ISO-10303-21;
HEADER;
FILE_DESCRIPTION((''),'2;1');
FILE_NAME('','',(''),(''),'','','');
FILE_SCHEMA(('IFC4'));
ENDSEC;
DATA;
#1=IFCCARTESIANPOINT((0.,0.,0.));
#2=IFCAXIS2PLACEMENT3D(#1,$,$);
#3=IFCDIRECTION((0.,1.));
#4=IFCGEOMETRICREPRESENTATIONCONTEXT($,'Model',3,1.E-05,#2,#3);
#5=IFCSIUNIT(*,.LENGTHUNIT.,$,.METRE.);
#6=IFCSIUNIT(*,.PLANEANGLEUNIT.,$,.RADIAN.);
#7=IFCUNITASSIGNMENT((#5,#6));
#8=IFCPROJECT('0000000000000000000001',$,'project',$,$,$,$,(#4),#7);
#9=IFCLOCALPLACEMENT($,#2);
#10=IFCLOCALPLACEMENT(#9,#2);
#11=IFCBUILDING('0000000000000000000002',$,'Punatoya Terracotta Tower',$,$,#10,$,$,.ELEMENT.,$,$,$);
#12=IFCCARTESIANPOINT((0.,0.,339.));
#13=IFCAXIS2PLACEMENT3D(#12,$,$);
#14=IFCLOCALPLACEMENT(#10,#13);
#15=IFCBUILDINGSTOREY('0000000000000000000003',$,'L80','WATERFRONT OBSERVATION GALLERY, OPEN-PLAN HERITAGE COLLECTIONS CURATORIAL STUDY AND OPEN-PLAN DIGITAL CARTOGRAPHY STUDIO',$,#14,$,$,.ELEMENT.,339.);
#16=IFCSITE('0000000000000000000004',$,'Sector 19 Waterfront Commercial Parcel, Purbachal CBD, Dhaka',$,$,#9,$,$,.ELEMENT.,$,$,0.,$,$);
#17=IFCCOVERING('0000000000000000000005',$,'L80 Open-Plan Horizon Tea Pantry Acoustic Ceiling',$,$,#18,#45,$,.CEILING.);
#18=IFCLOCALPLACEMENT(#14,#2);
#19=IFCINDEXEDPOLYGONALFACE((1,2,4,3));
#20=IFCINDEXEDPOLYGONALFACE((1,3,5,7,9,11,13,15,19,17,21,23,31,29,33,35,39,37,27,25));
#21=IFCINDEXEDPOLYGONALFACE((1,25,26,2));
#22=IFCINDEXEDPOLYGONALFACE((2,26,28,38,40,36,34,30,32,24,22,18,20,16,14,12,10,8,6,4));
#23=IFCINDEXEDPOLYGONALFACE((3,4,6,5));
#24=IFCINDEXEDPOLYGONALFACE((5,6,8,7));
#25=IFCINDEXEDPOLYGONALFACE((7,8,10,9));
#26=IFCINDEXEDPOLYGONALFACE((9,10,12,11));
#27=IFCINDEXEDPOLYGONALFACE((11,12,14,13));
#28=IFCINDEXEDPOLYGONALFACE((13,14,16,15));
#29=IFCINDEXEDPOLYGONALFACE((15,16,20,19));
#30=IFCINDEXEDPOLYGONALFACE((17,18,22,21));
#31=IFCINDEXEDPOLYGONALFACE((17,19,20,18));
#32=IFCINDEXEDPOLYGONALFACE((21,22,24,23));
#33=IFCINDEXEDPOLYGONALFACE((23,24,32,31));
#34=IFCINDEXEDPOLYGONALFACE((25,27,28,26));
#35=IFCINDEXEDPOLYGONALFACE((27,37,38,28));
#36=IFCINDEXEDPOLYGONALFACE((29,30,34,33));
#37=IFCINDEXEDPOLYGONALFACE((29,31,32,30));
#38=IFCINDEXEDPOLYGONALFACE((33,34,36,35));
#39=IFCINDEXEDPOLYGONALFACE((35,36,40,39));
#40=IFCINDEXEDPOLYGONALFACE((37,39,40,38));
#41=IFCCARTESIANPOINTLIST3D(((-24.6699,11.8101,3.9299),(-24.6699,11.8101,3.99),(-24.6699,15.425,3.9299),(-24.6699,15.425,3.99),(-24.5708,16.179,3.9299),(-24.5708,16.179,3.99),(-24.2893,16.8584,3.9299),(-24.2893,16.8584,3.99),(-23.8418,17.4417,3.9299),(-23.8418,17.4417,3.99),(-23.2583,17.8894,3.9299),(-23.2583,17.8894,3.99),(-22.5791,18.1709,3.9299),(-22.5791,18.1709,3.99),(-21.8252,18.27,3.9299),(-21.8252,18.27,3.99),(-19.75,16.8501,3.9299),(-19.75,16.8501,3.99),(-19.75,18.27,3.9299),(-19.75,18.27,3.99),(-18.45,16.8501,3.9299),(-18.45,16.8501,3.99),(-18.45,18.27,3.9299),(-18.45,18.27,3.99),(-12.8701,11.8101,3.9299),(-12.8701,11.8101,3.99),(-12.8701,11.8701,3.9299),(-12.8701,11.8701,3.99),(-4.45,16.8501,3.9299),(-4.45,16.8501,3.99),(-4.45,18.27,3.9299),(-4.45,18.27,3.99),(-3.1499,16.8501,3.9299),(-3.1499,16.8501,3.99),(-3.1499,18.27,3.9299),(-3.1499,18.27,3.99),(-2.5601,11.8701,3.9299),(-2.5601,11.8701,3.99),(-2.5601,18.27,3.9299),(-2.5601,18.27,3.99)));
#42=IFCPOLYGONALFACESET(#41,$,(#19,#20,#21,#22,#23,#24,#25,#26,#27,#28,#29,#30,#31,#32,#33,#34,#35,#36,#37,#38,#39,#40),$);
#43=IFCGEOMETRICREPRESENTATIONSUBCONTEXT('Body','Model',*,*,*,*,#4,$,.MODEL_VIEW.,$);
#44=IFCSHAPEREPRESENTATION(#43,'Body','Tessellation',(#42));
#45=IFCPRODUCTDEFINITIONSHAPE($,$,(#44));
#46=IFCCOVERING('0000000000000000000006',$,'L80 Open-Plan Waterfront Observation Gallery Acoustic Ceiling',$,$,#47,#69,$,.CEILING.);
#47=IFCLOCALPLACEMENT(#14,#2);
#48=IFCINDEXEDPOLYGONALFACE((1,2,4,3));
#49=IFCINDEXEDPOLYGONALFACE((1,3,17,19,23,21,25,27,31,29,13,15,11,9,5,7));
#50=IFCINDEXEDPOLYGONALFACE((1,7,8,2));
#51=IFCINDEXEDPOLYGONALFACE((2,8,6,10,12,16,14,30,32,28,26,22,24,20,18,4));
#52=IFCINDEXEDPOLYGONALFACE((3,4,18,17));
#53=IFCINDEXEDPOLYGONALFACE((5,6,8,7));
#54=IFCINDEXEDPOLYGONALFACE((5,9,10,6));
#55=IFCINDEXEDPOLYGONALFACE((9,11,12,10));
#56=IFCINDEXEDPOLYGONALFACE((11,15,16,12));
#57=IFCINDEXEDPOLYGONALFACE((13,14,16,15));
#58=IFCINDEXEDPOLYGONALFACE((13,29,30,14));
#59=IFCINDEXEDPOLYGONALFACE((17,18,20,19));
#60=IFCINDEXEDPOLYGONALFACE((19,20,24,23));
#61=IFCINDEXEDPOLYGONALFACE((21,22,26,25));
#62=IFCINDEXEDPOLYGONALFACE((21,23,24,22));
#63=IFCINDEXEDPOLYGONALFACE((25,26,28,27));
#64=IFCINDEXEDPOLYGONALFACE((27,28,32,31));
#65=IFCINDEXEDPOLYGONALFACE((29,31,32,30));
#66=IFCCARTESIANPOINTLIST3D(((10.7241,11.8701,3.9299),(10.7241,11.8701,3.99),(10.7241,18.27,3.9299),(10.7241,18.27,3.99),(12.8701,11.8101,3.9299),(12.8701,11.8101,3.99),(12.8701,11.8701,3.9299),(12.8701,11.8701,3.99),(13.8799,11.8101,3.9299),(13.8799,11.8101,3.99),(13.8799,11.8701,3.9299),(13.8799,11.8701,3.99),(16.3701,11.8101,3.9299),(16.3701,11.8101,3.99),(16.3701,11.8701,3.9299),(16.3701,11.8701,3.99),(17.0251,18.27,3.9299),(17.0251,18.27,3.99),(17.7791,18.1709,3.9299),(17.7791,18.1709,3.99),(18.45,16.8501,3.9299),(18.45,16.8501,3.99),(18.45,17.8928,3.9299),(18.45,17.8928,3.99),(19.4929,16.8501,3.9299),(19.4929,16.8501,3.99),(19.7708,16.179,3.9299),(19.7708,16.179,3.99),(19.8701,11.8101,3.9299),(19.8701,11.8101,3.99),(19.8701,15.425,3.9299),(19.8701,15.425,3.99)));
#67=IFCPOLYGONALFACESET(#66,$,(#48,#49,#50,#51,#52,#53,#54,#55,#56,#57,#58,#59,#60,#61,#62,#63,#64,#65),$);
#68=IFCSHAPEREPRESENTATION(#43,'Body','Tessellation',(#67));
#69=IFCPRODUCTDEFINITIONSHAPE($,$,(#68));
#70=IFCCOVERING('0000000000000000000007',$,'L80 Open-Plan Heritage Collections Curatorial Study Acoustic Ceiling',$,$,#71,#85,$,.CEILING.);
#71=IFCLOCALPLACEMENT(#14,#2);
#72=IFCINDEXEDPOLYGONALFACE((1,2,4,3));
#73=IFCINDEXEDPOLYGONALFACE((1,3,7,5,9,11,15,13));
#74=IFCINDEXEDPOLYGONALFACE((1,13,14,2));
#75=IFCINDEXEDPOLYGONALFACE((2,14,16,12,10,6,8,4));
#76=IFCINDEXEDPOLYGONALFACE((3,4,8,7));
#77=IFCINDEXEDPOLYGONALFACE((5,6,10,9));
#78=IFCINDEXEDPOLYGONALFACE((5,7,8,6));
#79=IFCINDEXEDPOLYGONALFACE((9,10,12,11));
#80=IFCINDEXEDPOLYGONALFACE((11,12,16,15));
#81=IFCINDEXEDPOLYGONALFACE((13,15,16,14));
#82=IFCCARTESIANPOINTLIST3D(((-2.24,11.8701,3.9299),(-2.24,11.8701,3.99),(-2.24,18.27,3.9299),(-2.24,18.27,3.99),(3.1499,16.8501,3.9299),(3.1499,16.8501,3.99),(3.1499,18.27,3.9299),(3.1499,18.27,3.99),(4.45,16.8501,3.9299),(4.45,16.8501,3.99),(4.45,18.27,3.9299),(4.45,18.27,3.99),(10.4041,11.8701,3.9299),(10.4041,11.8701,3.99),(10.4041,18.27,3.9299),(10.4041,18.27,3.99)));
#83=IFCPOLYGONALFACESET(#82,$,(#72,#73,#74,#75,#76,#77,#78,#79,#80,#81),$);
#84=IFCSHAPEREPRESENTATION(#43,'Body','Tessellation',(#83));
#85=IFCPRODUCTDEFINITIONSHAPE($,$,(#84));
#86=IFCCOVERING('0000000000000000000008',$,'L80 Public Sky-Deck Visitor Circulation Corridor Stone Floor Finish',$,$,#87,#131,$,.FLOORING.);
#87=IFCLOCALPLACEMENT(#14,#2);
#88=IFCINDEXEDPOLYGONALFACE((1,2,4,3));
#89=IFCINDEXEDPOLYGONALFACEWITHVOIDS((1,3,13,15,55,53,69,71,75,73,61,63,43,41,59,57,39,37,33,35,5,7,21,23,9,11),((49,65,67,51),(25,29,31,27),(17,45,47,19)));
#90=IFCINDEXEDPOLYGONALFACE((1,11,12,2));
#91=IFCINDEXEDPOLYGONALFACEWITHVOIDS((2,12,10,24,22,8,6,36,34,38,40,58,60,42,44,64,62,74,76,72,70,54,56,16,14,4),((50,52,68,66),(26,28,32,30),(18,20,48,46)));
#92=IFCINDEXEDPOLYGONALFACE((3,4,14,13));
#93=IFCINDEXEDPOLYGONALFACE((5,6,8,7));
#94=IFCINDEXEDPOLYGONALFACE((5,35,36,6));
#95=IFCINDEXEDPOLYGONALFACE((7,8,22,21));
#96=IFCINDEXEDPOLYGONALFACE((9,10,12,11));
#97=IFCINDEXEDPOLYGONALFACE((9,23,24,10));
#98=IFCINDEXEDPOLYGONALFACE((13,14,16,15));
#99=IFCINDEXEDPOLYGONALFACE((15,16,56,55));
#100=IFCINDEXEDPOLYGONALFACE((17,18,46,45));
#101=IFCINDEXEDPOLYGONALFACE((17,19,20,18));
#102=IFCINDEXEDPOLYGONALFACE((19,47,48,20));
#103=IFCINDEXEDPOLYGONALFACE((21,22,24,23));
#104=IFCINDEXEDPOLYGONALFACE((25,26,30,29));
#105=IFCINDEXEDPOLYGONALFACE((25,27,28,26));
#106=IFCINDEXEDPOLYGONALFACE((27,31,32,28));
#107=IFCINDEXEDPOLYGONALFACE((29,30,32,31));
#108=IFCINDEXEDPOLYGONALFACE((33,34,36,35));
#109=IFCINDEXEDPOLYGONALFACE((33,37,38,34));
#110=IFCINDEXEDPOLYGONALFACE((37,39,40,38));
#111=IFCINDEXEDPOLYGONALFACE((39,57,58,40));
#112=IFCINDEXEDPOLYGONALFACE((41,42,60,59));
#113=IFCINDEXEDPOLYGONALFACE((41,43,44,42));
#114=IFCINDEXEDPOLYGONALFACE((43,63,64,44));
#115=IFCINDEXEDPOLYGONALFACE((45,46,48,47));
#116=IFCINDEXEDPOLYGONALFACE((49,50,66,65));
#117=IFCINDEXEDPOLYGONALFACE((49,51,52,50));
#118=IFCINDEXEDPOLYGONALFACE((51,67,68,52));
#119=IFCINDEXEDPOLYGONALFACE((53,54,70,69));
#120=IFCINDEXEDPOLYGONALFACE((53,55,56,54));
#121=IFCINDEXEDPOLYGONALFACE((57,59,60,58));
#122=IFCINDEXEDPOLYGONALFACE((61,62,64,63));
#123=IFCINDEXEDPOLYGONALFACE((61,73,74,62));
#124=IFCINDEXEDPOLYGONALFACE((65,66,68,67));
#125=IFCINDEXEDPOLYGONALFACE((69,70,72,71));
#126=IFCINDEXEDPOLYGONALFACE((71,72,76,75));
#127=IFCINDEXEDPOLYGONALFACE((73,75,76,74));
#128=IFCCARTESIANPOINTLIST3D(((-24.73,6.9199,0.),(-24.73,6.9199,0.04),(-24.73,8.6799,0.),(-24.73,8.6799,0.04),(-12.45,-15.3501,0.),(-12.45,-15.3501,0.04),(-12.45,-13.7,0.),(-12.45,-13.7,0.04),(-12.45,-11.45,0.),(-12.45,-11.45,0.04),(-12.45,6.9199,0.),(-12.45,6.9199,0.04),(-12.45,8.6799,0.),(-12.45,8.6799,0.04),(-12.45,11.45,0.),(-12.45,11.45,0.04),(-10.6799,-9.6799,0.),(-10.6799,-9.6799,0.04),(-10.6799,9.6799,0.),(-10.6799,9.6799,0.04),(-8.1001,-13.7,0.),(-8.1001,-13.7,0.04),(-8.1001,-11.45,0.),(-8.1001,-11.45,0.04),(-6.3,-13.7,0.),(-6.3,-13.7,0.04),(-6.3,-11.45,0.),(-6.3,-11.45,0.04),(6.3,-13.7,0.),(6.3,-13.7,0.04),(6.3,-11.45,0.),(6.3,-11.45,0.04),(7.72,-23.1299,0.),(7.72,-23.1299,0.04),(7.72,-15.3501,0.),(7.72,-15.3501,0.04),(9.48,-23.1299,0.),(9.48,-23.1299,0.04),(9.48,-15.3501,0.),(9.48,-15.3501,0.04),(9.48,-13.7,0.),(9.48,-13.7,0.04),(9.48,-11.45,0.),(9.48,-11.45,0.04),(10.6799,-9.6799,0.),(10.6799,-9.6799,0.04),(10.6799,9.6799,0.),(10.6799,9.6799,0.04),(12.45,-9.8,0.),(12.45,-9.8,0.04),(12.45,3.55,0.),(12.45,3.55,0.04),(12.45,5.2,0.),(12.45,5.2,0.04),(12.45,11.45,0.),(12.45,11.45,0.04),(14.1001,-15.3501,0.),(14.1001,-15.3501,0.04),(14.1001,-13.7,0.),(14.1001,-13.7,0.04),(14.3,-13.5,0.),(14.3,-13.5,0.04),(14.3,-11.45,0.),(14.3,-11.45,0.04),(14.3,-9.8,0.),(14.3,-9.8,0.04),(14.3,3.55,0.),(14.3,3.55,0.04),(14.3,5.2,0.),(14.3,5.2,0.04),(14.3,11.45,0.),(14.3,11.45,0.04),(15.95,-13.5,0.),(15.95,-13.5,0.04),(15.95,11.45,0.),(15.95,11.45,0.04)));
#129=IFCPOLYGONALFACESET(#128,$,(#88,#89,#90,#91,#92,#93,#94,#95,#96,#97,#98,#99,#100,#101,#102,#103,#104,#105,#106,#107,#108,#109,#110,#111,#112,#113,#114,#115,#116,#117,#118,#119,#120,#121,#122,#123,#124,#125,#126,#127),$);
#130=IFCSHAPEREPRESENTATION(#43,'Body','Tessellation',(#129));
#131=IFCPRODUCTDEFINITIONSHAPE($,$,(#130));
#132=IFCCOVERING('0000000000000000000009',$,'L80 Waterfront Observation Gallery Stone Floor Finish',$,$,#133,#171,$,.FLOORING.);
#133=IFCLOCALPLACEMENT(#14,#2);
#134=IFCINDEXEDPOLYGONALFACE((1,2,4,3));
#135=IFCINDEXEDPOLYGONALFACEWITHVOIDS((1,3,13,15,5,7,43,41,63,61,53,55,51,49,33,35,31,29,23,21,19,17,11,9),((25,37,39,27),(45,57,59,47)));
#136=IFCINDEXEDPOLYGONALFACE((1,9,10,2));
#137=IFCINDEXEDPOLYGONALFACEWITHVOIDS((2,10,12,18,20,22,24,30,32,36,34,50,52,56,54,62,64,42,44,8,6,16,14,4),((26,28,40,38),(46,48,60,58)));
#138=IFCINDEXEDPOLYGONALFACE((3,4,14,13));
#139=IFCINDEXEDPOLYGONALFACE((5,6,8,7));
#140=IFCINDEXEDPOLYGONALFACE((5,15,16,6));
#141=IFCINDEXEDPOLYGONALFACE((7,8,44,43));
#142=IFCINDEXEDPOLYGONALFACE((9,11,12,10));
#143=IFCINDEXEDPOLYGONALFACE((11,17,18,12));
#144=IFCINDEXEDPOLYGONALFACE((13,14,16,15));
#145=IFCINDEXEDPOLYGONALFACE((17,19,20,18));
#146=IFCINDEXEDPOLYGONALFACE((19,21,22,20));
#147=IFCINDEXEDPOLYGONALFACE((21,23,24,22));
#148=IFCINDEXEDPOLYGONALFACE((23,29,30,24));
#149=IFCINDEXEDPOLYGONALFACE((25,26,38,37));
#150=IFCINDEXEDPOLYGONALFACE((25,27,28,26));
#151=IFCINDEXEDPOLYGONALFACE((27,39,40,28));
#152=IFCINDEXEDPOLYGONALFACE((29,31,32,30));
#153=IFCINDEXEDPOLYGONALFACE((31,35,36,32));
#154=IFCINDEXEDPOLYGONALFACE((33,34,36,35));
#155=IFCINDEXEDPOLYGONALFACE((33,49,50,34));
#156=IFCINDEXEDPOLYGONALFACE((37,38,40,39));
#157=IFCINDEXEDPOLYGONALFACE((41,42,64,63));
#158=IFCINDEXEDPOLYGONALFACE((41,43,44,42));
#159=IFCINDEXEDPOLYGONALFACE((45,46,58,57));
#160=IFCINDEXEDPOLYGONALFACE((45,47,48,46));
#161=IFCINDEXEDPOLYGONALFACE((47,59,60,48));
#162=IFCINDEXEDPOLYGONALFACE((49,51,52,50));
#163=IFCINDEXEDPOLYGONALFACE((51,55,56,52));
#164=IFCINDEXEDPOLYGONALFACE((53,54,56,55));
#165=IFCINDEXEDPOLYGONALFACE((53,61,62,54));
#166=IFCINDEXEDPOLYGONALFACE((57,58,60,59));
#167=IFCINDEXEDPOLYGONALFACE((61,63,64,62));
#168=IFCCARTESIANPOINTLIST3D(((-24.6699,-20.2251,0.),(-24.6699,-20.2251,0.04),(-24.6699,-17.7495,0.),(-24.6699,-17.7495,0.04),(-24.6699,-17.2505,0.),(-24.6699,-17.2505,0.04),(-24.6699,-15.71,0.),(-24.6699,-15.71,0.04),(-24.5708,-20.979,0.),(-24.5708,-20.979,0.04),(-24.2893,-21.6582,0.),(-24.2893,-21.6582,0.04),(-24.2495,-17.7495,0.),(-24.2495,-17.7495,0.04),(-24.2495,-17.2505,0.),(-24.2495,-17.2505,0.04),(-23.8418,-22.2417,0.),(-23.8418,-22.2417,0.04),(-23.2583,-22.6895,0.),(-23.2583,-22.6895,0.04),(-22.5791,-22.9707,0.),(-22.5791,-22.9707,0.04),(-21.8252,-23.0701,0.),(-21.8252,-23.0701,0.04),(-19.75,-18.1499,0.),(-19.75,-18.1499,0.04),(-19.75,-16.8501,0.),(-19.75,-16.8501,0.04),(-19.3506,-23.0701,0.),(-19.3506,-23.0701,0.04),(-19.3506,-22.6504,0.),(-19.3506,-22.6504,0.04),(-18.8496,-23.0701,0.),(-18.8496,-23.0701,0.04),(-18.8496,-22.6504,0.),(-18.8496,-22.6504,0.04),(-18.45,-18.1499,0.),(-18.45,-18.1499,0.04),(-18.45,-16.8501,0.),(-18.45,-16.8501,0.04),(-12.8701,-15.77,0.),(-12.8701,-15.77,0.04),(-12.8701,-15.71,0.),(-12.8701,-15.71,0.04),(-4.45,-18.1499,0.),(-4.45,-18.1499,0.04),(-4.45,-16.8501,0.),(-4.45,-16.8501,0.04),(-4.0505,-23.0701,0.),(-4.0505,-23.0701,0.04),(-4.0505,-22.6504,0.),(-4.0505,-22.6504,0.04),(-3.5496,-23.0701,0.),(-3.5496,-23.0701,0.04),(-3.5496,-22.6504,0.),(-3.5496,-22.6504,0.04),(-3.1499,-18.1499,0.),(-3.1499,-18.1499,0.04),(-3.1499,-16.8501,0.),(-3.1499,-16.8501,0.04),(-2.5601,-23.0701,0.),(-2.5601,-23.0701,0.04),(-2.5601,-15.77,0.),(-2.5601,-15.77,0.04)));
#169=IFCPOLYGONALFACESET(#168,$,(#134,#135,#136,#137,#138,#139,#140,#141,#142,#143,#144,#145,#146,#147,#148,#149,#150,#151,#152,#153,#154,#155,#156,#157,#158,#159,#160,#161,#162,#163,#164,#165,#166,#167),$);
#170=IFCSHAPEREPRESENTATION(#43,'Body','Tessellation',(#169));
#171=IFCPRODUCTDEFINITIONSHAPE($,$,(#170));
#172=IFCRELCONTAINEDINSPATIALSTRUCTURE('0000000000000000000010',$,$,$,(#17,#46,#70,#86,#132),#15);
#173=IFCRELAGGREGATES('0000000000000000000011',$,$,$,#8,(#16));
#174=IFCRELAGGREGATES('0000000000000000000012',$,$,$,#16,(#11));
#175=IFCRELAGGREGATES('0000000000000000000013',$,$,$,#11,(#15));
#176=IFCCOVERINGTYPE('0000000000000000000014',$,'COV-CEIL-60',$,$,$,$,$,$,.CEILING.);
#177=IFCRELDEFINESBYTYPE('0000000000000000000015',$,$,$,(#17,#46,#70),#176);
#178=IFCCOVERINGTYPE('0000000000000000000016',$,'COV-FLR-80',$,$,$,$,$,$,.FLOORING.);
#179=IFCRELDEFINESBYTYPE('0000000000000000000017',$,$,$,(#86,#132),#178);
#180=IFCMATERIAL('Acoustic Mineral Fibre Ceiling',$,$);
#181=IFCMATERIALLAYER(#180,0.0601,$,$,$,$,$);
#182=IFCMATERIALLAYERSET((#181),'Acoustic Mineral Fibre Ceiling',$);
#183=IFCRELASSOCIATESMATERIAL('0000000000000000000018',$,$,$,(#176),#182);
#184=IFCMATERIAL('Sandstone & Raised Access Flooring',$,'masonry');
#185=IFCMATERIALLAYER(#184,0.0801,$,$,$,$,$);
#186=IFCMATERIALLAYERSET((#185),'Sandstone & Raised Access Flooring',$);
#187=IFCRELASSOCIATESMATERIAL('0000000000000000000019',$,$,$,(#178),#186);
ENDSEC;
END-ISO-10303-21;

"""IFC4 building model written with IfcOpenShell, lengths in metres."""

from ifc_helpers import new_model, si_unit, direction, frame, origin, place, context, subcontext, project, spatial, polyline, outline, extrude, material, layer, layer_set, type_object, element, save


model = new_model("IFC4")

# Units and contexts
model_context = context("Model", 3, precision=1e-05, world=origin(), true_north=direction((0.0, 1.0)))
body_context = subcontext(model_context, "Body", "Model", "MODEL_VIEW")
ifc_project = project(units=[si_unit("LENGTHUNIT", "METRE"), si_unit("PLANEANGLEUNIT", "RADIAN")], contexts=[model_context])

# Site, building, storey
site_placement = place(None, origin())
site = spatial("IfcSite", under=ifc_project, at=site_placement, Name="Sector 19 Waterfront Commercial Parcel, Purbachal CBD, Dhaka", CompositionType="ELEMENT", RefElevation=0.0)
building_placement = place(site_placement, origin())
building = spatial("IfcBuilding", under=site, at=building_placement, Name="Punatoya Terracotta Tower", CompositionType="ELEMENT")
storey_placement = place(building_placement, frame((0.0, 0.0, 339.0)))
storey = spatial("IfcBuildingStorey", under=building, at=storey_placement, Name="L80", Description="WATERFRONT OBSERVATION GALLERY, OPEN-PLAN HERITAGE COLLECTIONS CURATORIAL STUDY AND OPEN-PLAN DIGITAL CARTOGRAPHY STUDIO", CompositionType="ELEMENT", Elevation=339.0)

# Coverings
ifc_material_1 = material(Name="Acoustic Mineral Fibre Ceiling")
ifc_layer_1 = layer(ifc_material_1, 0.0601)
ifc_layer_set_1 = layer_set([ifc_layer_1], Name="Acoustic Mineral Fibre Ceiling")
covering_type_1 = type_object("IfcCoveringType", Name="COV-CEIL-60", PredefinedType="CEILING", material=ifc_layer_set_1)
covering_1_placement = place(storey_placement, frame((0.0, 0.0, 3.9299)))
element("IfcCovering", 1, at=covering_1_placement, inside=storey, type_object=covering_type_1, Name="L80 Open-Plan Horizon Tea Pantry Acoustic Ceiling", PredefinedType="CEILING", context=body_context, shape_type="SweptSolid", body=[
    extrude(outline(polyline([(-19.75, 18.27), (-21.8252, 18.27), (-22.5791, 18.1709), (-23.2583, 17.8894), (-23.8418, 17.4417), (-24.2893, 16.8584), (-24.5708, 16.179), (-24.6699, 15.425), (-24.6699, 11.8101), (-12.8701, 11.8101), (-12.8701, 11.8701), (-2.5601, 11.8701), (-2.5601, 18.27), (-3.1499, 18.27), (-3.1499, 16.8501), (-4.45, 16.8501), (-4.45, 18.27), (-18.45, 18.27), (-18.45, 16.8501), (-19.75, 16.8501), (-19.75, 18.27)])), origin(), (0.0, 0.0, 1.0), 0.0601),
])
covering_2_placement = place(storey_placement, frame((0.0, 0.0, 3.9299)))
element("IfcCovering", 2, at=covering_2_placement, inside=storey, type_object=covering_type_1, Name="L80 Open-Plan Waterfront Observation Gallery Acoustic Ceiling", PredefinedType="CEILING", context=body_context, shape_type="SweptSolid", body=[
    extrude(outline(polyline([(12.8701, 11.8101), (13.8799, 11.8101), (13.8799, 11.8701), (16.3701, 11.8701), (16.3701, 11.8101), (19.8701, 11.8101), (19.8701, 15.425), (19.7708, 16.179), (19.4929, 16.8501), (18.45, 16.8501), (18.45, 17.8928), (17.7791, 18.1709), (17.0251, 18.27), (10.7241, 18.27), (10.7241, 11.8701), (12.8701, 11.8701), (12.8701, 11.8101)])), origin(), (0.0, 0.0, 1.0), 0.0601),
])
covering_3_placement = place(storey_placement, frame((0.0, 0.0, 3.9299)))
element("IfcCovering", 3, at=covering_3_placement, inside=storey, type_object=covering_type_1, Name="L80 Open-Plan Heritage Collections Curatorial Study Acoustic Ceiling", PredefinedType="CEILING", context=body_context, shape_type="SweptSolid", body=[
    extrude(outline(polyline([(3.1499, 18.27), (-2.24, 18.27), (-2.24, 11.8701), (10.4041, 11.8701), (10.4041, 18.27), (4.45, 18.27), (4.45, 16.8501), (3.1499, 16.8501), (3.1499, 18.27)])), origin(), (0.0, 0.0, 1.0), 0.0601),
])
ifc_material_2 = material(Name="Sandstone & Raised Access Flooring", Category="masonry")
ifc_layer_2 = layer(ifc_material_2, 0.0801)
ifc_layer_set_2 = layer_set([ifc_layer_2], Name="Sandstone & Raised Access Flooring")
covering_type_2 = type_object("IfcCoveringType", Name="COV-FLR-80", PredefinedType="FLOORING", material=ifc_layer_set_2)
covering_4_placement = place(storey_placement, origin())
element("IfcCovering", 4, at=covering_4_placement, inside=storey, type_object=covering_type_2, Name="L80 Public Sky-Deck Visitor Circulation Corridor Stone Floor Finish", PredefinedType="FLOORING", context=body_context, shape_type="SweptSolid", body=[
    extrude(outline(polyline([(14.1001, -13.7), (9.48, -13.7), (9.48, -11.45), (14.3, -11.45), (14.3, -13.5), (15.95, -13.5), (15.95, 11.45), (14.3, 11.45), (14.3, 5.2), (12.45, 5.2), (12.45, 11.45), (-12.45, 11.45), (-12.45, 8.6799), (-24.73, 8.6799), (-24.73, 6.9199), (-12.45, 6.9199), (-12.45, -11.45), (-8.1001, -11.45), (-8.1001, -13.7), (-12.45, -13.7), (-12.45, -15.3501), (7.72, -15.3501), (7.72, -23.1299), (9.48, -23.1299), (9.48, -15.3501), (14.1001, -15.3501), (14.1001, -13.7)]), holes=[polyline([(12.45, 3.55), (14.3, 3.55), (14.3, -9.8), (12.45, -9.8), (12.45, 3.55)]), polyline([(10.6799, 9.6799), (10.6799, -9.6799), (-10.6799, -9.6799), (-10.6799, 9.6799), (10.6799, 9.6799)]), polyline([(6.3, -13.7), (-6.3, -13.7), (-6.3, -11.45), (6.3, -11.45), (6.3, -13.7)])]), origin(), (0.0, 0.0, 1.0), 0.04),
])
covering_5_placement = place(storey_placement, origin())
element("IfcCovering", 5, at=covering_5_placement, inside=storey, type_object=covering_type_2, Name="L80 Waterfront Observation Gallery Stone Floor Finish", PredefinedType="FLOORING", context=body_context, shape_type="SweptSolid", body=[
    extrude(outline(polyline([(-12.8701, -15.77), (-12.8701, -15.71), (-24.6699, -15.71), (-24.6699, -17.2505), (-24.2495, -17.2505), (-24.2495, -17.7495), (-24.6699, -17.7495), (-24.6699, -20.2251), (-24.5708, -20.979), (-24.2893, -21.6582), (-23.8418, -22.2417), (-23.2583, -22.6895), (-22.5791, -22.9707), (-21.8252, -23.0701), (-19.3506, -23.0701), (-19.3506, -22.6504), (-18.8496, -22.6504), (-18.8496, -23.0701), (-4.0505, -23.0701), (-4.0505, -22.6504), (-3.5496, -22.6504), (-3.5496, -23.0701), (-2.5601, -23.0701), (-2.5601, -15.77), (-12.8701, -15.77)]), holes=[polyline([(-4.45, -16.8501), (-3.1499, -16.8501), (-3.1499, -18.1499), (-4.45, -18.1499), (-4.45, -16.8501)]), polyline([(-19.75, -18.1499), (-19.75, -16.8501), (-18.45, -16.8501), (-18.45, -18.1499), (-19.75, -18.1499)])]), origin(), (0.0, 0.0, 1.0), 0.04),
])

save(model, "model.ifc")
